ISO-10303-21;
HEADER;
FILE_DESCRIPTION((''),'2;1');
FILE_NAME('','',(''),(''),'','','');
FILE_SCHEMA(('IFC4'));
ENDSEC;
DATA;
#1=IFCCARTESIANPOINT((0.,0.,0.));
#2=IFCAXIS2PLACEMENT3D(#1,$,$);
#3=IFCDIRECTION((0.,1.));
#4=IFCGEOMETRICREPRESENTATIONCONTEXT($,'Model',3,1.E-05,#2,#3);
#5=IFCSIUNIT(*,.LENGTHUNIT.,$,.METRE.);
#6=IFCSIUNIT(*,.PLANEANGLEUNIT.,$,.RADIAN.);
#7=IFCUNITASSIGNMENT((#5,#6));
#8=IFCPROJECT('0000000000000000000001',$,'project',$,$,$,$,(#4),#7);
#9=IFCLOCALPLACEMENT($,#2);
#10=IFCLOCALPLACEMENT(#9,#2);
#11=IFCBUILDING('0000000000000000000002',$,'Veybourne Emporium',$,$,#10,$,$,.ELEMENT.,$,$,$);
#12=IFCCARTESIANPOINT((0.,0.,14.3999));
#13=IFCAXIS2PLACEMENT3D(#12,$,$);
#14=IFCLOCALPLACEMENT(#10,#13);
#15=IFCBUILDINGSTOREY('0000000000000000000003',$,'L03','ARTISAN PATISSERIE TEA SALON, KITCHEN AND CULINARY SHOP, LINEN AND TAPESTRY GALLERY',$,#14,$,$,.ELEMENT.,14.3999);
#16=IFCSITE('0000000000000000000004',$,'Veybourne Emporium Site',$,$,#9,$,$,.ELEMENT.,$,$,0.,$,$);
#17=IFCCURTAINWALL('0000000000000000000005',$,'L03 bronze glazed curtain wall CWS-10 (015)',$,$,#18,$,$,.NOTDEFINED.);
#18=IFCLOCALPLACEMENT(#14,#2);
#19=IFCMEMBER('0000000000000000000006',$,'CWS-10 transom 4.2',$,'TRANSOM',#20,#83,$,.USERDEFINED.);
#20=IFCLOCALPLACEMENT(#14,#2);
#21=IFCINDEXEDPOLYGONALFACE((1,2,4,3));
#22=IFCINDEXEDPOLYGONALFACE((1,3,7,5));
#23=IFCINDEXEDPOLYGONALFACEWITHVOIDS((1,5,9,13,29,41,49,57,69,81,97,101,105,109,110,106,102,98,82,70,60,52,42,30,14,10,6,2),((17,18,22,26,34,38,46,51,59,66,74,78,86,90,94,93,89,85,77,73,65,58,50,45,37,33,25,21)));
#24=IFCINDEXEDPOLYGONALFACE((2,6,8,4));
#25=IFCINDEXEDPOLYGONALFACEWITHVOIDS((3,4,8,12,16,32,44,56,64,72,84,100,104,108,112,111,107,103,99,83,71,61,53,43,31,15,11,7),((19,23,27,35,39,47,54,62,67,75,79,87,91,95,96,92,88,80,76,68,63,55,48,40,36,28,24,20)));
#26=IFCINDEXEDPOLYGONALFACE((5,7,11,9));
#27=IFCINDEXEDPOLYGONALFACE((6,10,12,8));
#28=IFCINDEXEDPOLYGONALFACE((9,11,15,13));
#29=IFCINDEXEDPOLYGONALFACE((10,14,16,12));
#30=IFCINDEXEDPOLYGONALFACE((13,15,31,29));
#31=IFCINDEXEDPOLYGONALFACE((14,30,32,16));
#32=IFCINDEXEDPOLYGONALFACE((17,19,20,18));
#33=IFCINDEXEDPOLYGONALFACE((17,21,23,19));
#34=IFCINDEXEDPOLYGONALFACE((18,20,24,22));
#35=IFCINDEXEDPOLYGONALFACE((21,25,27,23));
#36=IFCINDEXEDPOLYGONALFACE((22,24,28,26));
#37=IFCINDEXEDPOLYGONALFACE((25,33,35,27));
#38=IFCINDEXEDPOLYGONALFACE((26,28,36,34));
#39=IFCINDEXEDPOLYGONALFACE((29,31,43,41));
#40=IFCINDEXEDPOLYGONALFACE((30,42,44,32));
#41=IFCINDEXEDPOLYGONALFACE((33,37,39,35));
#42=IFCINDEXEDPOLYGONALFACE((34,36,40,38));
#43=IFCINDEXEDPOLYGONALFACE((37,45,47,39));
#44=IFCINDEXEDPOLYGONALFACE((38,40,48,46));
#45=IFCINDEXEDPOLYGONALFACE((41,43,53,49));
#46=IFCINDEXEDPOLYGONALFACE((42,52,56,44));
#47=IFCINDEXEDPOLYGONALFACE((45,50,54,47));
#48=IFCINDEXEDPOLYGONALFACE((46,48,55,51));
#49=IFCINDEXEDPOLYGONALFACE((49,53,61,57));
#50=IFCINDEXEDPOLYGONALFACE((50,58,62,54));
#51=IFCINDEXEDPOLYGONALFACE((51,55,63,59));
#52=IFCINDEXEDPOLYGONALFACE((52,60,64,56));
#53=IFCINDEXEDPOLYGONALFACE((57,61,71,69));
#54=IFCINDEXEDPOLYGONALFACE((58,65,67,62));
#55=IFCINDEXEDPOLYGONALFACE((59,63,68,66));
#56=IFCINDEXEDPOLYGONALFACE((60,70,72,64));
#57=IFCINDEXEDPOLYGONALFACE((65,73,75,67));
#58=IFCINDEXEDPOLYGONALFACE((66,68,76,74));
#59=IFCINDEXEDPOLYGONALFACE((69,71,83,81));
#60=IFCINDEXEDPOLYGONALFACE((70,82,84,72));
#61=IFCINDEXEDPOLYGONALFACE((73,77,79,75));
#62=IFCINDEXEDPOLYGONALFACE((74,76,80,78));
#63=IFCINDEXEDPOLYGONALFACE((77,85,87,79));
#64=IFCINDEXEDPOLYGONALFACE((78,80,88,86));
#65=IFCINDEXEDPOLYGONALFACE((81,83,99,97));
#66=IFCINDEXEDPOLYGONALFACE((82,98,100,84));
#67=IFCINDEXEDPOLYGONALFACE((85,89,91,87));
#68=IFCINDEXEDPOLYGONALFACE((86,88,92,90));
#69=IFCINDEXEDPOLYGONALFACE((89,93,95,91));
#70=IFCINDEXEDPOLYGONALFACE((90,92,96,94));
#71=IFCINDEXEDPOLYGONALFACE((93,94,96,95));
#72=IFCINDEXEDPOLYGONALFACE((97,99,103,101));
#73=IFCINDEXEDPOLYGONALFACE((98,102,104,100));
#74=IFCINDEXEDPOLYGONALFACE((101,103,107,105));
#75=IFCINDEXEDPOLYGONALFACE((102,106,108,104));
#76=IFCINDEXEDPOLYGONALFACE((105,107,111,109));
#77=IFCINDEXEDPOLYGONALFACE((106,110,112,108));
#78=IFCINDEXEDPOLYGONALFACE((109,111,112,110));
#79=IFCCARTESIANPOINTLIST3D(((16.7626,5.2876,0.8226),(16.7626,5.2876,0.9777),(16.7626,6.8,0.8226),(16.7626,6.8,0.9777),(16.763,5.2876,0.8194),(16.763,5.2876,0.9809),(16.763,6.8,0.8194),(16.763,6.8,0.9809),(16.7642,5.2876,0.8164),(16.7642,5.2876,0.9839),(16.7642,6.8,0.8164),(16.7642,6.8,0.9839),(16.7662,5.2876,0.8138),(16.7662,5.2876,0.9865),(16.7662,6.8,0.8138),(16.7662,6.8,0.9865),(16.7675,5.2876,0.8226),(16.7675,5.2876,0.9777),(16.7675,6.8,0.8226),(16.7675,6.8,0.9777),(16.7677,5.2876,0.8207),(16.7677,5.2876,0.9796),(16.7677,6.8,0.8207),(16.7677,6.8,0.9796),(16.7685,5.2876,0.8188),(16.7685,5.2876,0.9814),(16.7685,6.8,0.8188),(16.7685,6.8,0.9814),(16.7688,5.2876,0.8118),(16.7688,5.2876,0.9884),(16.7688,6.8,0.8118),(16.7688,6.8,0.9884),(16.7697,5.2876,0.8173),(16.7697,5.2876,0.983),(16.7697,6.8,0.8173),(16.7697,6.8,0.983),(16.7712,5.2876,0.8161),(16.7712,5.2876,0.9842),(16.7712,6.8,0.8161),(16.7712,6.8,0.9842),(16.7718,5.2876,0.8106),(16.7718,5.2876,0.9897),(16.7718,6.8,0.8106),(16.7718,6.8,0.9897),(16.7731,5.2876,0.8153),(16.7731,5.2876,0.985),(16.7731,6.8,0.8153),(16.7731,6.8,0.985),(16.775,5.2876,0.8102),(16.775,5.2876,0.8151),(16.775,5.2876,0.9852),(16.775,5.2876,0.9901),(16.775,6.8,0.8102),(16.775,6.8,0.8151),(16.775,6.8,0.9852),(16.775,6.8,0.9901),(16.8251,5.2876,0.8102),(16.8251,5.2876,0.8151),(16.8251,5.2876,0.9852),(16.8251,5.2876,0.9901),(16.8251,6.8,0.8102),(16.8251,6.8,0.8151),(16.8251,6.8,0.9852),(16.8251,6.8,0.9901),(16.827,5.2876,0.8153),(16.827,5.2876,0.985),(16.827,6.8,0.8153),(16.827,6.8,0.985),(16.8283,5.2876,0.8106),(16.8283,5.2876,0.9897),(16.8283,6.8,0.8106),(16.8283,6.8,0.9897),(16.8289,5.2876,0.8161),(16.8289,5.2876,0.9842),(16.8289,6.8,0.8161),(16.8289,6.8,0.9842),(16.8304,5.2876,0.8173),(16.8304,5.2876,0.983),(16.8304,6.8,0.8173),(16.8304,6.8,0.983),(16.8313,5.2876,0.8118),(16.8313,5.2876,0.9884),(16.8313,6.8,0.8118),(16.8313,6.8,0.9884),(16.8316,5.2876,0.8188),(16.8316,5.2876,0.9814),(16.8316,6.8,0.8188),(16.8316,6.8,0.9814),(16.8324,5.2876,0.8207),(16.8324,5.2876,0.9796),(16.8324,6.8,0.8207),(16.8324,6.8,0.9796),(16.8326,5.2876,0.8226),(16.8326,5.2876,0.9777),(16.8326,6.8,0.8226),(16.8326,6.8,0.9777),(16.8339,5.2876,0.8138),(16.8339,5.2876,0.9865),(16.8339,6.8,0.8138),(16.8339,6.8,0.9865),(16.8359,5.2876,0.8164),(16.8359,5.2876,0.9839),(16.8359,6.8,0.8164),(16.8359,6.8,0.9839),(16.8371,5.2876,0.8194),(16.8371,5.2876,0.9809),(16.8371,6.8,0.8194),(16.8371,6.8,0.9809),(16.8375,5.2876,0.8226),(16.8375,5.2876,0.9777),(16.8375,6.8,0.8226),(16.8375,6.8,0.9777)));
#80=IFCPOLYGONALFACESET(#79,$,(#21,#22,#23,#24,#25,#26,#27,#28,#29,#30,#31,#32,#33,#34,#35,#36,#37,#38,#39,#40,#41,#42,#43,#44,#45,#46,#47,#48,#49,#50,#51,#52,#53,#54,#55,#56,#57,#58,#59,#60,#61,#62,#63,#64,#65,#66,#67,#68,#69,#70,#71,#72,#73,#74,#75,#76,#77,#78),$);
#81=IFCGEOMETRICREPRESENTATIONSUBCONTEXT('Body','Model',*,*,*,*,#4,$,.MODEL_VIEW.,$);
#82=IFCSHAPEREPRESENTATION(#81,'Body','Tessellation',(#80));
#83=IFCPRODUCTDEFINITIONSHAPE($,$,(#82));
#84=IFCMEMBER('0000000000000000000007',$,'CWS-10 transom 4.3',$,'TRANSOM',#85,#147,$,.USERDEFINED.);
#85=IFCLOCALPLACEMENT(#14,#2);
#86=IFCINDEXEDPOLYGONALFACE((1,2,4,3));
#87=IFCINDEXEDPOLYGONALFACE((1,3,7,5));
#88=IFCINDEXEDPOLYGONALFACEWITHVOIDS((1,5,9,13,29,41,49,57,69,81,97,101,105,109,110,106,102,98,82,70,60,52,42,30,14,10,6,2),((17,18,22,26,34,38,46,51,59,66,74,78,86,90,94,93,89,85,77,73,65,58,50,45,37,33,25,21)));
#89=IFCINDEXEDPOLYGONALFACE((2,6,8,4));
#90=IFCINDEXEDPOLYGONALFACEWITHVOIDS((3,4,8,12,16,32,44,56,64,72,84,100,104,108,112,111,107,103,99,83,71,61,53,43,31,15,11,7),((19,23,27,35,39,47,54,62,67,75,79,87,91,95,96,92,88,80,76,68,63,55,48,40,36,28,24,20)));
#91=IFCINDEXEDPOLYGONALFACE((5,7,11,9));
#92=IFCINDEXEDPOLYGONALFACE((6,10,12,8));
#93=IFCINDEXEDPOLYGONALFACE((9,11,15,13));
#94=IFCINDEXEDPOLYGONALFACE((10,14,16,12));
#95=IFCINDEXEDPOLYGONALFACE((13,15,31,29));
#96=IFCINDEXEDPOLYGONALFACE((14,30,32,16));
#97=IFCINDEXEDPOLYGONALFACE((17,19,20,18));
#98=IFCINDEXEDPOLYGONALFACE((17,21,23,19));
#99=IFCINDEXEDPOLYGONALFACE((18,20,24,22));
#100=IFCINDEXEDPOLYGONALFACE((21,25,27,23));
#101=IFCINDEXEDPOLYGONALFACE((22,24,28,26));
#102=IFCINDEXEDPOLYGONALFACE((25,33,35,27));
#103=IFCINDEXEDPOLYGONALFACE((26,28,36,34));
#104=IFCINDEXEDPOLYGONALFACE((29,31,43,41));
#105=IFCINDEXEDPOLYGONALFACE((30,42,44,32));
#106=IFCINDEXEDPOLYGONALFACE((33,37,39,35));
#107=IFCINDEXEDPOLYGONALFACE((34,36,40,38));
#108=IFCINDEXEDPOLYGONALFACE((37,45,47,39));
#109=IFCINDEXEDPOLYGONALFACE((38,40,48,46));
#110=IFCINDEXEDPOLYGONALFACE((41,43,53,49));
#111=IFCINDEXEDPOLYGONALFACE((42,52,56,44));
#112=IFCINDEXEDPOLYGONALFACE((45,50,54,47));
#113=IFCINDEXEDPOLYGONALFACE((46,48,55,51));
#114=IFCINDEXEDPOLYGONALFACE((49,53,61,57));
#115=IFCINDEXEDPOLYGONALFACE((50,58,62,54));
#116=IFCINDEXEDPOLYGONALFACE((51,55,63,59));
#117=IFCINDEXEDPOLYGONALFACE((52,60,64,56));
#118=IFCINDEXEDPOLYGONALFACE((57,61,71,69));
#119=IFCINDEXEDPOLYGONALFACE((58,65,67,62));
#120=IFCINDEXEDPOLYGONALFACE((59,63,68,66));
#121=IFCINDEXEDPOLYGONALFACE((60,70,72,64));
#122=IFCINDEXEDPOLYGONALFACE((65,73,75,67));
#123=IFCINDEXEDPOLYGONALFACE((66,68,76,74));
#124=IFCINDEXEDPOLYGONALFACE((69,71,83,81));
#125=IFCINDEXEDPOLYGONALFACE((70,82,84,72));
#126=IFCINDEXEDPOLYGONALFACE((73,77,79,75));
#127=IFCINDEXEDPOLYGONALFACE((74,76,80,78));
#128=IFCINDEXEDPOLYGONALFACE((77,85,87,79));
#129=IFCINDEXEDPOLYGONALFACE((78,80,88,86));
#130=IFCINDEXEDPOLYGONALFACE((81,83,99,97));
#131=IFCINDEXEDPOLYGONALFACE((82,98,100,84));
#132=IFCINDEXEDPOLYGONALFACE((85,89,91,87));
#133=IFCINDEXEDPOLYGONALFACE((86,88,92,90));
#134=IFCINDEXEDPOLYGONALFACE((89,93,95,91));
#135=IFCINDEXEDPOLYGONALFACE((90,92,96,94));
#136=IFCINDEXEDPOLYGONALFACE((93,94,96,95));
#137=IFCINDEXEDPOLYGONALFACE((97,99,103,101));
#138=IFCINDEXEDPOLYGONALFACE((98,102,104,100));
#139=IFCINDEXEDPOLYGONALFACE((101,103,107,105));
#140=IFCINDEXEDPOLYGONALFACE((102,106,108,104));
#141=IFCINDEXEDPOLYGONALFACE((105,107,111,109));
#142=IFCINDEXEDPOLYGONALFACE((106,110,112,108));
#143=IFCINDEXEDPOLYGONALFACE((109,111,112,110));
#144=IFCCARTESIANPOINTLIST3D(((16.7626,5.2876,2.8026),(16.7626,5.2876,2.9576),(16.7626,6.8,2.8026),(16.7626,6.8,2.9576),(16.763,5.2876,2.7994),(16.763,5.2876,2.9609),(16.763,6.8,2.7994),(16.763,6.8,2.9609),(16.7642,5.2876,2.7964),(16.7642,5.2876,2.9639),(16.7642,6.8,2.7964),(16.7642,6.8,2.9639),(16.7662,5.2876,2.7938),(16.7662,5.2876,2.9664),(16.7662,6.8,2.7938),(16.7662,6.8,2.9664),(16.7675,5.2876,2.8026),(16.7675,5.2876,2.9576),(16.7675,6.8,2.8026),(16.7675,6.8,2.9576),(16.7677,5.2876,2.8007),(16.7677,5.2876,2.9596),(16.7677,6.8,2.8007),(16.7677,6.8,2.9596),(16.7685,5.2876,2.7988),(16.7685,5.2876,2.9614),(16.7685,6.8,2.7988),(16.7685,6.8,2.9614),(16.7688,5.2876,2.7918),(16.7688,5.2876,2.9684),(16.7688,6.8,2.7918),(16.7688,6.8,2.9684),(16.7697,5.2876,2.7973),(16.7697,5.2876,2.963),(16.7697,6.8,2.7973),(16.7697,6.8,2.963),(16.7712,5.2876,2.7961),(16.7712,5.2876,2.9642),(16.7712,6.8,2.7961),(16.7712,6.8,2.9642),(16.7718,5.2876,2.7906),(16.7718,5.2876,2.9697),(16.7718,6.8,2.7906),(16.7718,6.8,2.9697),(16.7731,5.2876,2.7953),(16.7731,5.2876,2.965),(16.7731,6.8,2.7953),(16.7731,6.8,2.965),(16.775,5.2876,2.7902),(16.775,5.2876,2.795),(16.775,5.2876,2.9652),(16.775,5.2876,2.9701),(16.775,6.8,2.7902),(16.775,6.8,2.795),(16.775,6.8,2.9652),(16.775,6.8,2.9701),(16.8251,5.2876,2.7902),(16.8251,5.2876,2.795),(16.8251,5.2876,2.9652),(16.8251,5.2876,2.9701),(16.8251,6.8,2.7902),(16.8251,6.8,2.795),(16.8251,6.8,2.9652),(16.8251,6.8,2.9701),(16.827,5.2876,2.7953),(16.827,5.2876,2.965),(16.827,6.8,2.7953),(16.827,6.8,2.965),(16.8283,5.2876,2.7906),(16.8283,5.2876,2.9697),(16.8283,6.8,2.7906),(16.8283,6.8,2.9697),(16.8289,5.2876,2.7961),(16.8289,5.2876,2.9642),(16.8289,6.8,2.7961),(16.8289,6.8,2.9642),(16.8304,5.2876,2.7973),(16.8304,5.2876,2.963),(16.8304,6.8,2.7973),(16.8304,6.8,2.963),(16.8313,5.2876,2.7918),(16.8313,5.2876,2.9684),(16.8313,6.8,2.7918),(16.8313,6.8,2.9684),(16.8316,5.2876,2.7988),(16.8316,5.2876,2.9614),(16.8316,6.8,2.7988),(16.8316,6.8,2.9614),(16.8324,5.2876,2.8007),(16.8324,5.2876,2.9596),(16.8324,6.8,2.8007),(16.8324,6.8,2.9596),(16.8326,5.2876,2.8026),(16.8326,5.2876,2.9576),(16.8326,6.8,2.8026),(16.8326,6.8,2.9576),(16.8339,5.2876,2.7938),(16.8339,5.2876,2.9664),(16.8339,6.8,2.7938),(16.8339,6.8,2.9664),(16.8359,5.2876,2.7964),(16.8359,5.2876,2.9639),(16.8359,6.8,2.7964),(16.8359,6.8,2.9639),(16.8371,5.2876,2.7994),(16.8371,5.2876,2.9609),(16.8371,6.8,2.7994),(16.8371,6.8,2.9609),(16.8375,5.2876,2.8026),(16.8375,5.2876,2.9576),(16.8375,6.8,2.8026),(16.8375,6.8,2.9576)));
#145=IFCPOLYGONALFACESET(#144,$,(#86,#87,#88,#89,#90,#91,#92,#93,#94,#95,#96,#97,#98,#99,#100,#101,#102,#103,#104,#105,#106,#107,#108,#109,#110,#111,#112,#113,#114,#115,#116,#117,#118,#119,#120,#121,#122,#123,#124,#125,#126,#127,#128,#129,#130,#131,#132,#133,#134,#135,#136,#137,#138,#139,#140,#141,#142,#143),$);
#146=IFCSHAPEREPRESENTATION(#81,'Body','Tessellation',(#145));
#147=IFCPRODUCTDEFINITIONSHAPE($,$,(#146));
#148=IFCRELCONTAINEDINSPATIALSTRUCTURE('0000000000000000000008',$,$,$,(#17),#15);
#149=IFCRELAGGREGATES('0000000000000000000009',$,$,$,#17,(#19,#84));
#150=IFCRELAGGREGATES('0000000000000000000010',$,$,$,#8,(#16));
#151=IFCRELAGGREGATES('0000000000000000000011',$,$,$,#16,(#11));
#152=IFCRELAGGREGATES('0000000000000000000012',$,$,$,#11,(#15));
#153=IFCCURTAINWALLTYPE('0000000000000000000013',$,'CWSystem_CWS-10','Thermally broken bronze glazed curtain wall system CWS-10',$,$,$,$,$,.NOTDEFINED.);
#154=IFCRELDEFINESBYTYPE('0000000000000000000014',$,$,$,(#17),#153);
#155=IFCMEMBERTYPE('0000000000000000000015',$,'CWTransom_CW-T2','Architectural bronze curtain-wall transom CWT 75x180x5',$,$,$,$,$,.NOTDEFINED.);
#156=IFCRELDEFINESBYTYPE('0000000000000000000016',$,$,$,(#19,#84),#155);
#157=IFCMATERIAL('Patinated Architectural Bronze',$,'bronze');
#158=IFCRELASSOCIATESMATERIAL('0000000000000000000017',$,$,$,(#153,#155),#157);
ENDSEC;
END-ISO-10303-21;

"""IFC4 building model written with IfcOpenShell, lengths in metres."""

from ifc_helpers import new_model, si_unit, direction, frame, origin, origin_2d, place, context, subcontext, project, spatial, hollow_rectangle, extrude, material, material_profile, profile_set, type_object, element, aggregate, save


model = new_model("IFC4")

# Units and contexts
model_context = context("Model", 3, precision=1e-05, world=origin(), true_north=direction((0.0, 1.0)))
body_context = subcontext(model_context, "Body", "Model", "MODEL_VIEW")
ifc_project = project(units=[si_unit("LENGTHUNIT", "METRE"), si_unit("PLANEANGLEUNIT", "RADIAN")], contexts=[model_context])

# Site, building, storey
site_placement = place(None, origin())
site = spatial("IfcSite", under=ifc_project, at=site_placement, Name="Veybourne Emporium Site", CompositionType="ELEMENT", RefElevation=0.0)
building_placement = place(site_placement, origin())
building = spatial("IfcBuilding", under=site, at=building_placement, Name="Veybourne Emporium", CompositionType="ELEMENT")
storey_placement = place(building_placement, frame((0.0, 0.0, 14.3999)))
storey = spatial("IfcBuildingStorey", under=building, at=storey_placement, Name="L03", Description="ARTISAN PATISSERIE TEA SALON, KITCHEN AND CULINARY SHOP, LINEN AND TAPESTRY GALLERY", CompositionType="ELEMENT", Elevation=14.3999)

# Curtain wall
ifc_material_1 = material(Name="Patinated Architectural Bronze", Category="bronze")
curtain_wall_type_1 = type_object("IfcCurtainWallType", Name="CWSystem_CWS-10", Description="Thermally broken bronze glazed curtain wall system CWS-10", PredefinedType="NOTDEFINED", material=ifc_material_1)
curtain_wall_1_placement = place(storey_placement, origin())
curtain_wall_1 = element("IfcCurtainWall", 1, at=curtain_wall_1_placement, inside=storey, type_object=curtain_wall_type_1, Name="L03 bronze glazed curtain wall CWS-10 (015)", PredefinedType="NOTDEFINED")

# Members
ifc_material_profile_1 = material_profile(ifc_material_1, hollow_rectangle(XDim=0.075, YDim=0.1799, WallThickness=0.0049, InnerFilletRadius=0.0076, OuterFilletRadius=0.0125, at=origin_2d()), Name="CWT 75x180x5")
ifc_profile_set_1 = profile_set([ifc_material_profile_1], Name="Patinated Architectural Bronze")
member_type_1 = type_object("IfcMemberType", Name="CWTransom_CW-T2", Description="Architectural bronze curtain-wall transom CWT 75x180x5", PredefinedType="NOTDEFINED", material=ifc_profile_set_1)
member_1_placement = place(storey_placement, frame((16.8, 5.2876, 0.9001), z_axis=(0.0, 1.0, 0.0), x_axis=(-1.0, 0.0, 0.0)))
member_1 = element("IfcMember", 2, at=member_1_placement, type_object=member_type_1, Name="CWS-10 transom 4.2", ObjectType="TRANSOM", PredefinedType="USERDEFINED", context=body_context, shape_type="SweptSolid", body=[
    extrude(hollow_rectangle(XDim=0.075, YDim=0.1799, WallThickness=0.0049, InnerFilletRadius=0.0076, OuterFilletRadius=0.0125, at=origin_2d()), origin(), (0.0, 0.0, 1.0), 1.5125),
])
member_2_placement = place(storey_placement, frame((16.8, 5.2876, 2.8801), z_axis=(0.0, 1.0, 0.0), x_axis=(-1.0, 0.0, 0.0)))
member_2 = element("IfcMember", 3, at=member_2_placement, type_object=member_type_1, Name="CWS-10 transom 4.3", ObjectType="TRANSOM", PredefinedType="USERDEFINED", context=body_context, shape_type="SweptSolid", body=[
    extrude(hollow_rectangle(XDim=0.075, YDim=0.1799, WallThickness=0.0049, InnerFilletRadius=0.0076, OuterFilletRadius=0.0125, at=origin_2d()), origin(), (0.0, 0.0, 1.0), 1.5125),
])

aggregate(curtain_wall_1, [member_1, member_2])

save(model, "model.ifc")
